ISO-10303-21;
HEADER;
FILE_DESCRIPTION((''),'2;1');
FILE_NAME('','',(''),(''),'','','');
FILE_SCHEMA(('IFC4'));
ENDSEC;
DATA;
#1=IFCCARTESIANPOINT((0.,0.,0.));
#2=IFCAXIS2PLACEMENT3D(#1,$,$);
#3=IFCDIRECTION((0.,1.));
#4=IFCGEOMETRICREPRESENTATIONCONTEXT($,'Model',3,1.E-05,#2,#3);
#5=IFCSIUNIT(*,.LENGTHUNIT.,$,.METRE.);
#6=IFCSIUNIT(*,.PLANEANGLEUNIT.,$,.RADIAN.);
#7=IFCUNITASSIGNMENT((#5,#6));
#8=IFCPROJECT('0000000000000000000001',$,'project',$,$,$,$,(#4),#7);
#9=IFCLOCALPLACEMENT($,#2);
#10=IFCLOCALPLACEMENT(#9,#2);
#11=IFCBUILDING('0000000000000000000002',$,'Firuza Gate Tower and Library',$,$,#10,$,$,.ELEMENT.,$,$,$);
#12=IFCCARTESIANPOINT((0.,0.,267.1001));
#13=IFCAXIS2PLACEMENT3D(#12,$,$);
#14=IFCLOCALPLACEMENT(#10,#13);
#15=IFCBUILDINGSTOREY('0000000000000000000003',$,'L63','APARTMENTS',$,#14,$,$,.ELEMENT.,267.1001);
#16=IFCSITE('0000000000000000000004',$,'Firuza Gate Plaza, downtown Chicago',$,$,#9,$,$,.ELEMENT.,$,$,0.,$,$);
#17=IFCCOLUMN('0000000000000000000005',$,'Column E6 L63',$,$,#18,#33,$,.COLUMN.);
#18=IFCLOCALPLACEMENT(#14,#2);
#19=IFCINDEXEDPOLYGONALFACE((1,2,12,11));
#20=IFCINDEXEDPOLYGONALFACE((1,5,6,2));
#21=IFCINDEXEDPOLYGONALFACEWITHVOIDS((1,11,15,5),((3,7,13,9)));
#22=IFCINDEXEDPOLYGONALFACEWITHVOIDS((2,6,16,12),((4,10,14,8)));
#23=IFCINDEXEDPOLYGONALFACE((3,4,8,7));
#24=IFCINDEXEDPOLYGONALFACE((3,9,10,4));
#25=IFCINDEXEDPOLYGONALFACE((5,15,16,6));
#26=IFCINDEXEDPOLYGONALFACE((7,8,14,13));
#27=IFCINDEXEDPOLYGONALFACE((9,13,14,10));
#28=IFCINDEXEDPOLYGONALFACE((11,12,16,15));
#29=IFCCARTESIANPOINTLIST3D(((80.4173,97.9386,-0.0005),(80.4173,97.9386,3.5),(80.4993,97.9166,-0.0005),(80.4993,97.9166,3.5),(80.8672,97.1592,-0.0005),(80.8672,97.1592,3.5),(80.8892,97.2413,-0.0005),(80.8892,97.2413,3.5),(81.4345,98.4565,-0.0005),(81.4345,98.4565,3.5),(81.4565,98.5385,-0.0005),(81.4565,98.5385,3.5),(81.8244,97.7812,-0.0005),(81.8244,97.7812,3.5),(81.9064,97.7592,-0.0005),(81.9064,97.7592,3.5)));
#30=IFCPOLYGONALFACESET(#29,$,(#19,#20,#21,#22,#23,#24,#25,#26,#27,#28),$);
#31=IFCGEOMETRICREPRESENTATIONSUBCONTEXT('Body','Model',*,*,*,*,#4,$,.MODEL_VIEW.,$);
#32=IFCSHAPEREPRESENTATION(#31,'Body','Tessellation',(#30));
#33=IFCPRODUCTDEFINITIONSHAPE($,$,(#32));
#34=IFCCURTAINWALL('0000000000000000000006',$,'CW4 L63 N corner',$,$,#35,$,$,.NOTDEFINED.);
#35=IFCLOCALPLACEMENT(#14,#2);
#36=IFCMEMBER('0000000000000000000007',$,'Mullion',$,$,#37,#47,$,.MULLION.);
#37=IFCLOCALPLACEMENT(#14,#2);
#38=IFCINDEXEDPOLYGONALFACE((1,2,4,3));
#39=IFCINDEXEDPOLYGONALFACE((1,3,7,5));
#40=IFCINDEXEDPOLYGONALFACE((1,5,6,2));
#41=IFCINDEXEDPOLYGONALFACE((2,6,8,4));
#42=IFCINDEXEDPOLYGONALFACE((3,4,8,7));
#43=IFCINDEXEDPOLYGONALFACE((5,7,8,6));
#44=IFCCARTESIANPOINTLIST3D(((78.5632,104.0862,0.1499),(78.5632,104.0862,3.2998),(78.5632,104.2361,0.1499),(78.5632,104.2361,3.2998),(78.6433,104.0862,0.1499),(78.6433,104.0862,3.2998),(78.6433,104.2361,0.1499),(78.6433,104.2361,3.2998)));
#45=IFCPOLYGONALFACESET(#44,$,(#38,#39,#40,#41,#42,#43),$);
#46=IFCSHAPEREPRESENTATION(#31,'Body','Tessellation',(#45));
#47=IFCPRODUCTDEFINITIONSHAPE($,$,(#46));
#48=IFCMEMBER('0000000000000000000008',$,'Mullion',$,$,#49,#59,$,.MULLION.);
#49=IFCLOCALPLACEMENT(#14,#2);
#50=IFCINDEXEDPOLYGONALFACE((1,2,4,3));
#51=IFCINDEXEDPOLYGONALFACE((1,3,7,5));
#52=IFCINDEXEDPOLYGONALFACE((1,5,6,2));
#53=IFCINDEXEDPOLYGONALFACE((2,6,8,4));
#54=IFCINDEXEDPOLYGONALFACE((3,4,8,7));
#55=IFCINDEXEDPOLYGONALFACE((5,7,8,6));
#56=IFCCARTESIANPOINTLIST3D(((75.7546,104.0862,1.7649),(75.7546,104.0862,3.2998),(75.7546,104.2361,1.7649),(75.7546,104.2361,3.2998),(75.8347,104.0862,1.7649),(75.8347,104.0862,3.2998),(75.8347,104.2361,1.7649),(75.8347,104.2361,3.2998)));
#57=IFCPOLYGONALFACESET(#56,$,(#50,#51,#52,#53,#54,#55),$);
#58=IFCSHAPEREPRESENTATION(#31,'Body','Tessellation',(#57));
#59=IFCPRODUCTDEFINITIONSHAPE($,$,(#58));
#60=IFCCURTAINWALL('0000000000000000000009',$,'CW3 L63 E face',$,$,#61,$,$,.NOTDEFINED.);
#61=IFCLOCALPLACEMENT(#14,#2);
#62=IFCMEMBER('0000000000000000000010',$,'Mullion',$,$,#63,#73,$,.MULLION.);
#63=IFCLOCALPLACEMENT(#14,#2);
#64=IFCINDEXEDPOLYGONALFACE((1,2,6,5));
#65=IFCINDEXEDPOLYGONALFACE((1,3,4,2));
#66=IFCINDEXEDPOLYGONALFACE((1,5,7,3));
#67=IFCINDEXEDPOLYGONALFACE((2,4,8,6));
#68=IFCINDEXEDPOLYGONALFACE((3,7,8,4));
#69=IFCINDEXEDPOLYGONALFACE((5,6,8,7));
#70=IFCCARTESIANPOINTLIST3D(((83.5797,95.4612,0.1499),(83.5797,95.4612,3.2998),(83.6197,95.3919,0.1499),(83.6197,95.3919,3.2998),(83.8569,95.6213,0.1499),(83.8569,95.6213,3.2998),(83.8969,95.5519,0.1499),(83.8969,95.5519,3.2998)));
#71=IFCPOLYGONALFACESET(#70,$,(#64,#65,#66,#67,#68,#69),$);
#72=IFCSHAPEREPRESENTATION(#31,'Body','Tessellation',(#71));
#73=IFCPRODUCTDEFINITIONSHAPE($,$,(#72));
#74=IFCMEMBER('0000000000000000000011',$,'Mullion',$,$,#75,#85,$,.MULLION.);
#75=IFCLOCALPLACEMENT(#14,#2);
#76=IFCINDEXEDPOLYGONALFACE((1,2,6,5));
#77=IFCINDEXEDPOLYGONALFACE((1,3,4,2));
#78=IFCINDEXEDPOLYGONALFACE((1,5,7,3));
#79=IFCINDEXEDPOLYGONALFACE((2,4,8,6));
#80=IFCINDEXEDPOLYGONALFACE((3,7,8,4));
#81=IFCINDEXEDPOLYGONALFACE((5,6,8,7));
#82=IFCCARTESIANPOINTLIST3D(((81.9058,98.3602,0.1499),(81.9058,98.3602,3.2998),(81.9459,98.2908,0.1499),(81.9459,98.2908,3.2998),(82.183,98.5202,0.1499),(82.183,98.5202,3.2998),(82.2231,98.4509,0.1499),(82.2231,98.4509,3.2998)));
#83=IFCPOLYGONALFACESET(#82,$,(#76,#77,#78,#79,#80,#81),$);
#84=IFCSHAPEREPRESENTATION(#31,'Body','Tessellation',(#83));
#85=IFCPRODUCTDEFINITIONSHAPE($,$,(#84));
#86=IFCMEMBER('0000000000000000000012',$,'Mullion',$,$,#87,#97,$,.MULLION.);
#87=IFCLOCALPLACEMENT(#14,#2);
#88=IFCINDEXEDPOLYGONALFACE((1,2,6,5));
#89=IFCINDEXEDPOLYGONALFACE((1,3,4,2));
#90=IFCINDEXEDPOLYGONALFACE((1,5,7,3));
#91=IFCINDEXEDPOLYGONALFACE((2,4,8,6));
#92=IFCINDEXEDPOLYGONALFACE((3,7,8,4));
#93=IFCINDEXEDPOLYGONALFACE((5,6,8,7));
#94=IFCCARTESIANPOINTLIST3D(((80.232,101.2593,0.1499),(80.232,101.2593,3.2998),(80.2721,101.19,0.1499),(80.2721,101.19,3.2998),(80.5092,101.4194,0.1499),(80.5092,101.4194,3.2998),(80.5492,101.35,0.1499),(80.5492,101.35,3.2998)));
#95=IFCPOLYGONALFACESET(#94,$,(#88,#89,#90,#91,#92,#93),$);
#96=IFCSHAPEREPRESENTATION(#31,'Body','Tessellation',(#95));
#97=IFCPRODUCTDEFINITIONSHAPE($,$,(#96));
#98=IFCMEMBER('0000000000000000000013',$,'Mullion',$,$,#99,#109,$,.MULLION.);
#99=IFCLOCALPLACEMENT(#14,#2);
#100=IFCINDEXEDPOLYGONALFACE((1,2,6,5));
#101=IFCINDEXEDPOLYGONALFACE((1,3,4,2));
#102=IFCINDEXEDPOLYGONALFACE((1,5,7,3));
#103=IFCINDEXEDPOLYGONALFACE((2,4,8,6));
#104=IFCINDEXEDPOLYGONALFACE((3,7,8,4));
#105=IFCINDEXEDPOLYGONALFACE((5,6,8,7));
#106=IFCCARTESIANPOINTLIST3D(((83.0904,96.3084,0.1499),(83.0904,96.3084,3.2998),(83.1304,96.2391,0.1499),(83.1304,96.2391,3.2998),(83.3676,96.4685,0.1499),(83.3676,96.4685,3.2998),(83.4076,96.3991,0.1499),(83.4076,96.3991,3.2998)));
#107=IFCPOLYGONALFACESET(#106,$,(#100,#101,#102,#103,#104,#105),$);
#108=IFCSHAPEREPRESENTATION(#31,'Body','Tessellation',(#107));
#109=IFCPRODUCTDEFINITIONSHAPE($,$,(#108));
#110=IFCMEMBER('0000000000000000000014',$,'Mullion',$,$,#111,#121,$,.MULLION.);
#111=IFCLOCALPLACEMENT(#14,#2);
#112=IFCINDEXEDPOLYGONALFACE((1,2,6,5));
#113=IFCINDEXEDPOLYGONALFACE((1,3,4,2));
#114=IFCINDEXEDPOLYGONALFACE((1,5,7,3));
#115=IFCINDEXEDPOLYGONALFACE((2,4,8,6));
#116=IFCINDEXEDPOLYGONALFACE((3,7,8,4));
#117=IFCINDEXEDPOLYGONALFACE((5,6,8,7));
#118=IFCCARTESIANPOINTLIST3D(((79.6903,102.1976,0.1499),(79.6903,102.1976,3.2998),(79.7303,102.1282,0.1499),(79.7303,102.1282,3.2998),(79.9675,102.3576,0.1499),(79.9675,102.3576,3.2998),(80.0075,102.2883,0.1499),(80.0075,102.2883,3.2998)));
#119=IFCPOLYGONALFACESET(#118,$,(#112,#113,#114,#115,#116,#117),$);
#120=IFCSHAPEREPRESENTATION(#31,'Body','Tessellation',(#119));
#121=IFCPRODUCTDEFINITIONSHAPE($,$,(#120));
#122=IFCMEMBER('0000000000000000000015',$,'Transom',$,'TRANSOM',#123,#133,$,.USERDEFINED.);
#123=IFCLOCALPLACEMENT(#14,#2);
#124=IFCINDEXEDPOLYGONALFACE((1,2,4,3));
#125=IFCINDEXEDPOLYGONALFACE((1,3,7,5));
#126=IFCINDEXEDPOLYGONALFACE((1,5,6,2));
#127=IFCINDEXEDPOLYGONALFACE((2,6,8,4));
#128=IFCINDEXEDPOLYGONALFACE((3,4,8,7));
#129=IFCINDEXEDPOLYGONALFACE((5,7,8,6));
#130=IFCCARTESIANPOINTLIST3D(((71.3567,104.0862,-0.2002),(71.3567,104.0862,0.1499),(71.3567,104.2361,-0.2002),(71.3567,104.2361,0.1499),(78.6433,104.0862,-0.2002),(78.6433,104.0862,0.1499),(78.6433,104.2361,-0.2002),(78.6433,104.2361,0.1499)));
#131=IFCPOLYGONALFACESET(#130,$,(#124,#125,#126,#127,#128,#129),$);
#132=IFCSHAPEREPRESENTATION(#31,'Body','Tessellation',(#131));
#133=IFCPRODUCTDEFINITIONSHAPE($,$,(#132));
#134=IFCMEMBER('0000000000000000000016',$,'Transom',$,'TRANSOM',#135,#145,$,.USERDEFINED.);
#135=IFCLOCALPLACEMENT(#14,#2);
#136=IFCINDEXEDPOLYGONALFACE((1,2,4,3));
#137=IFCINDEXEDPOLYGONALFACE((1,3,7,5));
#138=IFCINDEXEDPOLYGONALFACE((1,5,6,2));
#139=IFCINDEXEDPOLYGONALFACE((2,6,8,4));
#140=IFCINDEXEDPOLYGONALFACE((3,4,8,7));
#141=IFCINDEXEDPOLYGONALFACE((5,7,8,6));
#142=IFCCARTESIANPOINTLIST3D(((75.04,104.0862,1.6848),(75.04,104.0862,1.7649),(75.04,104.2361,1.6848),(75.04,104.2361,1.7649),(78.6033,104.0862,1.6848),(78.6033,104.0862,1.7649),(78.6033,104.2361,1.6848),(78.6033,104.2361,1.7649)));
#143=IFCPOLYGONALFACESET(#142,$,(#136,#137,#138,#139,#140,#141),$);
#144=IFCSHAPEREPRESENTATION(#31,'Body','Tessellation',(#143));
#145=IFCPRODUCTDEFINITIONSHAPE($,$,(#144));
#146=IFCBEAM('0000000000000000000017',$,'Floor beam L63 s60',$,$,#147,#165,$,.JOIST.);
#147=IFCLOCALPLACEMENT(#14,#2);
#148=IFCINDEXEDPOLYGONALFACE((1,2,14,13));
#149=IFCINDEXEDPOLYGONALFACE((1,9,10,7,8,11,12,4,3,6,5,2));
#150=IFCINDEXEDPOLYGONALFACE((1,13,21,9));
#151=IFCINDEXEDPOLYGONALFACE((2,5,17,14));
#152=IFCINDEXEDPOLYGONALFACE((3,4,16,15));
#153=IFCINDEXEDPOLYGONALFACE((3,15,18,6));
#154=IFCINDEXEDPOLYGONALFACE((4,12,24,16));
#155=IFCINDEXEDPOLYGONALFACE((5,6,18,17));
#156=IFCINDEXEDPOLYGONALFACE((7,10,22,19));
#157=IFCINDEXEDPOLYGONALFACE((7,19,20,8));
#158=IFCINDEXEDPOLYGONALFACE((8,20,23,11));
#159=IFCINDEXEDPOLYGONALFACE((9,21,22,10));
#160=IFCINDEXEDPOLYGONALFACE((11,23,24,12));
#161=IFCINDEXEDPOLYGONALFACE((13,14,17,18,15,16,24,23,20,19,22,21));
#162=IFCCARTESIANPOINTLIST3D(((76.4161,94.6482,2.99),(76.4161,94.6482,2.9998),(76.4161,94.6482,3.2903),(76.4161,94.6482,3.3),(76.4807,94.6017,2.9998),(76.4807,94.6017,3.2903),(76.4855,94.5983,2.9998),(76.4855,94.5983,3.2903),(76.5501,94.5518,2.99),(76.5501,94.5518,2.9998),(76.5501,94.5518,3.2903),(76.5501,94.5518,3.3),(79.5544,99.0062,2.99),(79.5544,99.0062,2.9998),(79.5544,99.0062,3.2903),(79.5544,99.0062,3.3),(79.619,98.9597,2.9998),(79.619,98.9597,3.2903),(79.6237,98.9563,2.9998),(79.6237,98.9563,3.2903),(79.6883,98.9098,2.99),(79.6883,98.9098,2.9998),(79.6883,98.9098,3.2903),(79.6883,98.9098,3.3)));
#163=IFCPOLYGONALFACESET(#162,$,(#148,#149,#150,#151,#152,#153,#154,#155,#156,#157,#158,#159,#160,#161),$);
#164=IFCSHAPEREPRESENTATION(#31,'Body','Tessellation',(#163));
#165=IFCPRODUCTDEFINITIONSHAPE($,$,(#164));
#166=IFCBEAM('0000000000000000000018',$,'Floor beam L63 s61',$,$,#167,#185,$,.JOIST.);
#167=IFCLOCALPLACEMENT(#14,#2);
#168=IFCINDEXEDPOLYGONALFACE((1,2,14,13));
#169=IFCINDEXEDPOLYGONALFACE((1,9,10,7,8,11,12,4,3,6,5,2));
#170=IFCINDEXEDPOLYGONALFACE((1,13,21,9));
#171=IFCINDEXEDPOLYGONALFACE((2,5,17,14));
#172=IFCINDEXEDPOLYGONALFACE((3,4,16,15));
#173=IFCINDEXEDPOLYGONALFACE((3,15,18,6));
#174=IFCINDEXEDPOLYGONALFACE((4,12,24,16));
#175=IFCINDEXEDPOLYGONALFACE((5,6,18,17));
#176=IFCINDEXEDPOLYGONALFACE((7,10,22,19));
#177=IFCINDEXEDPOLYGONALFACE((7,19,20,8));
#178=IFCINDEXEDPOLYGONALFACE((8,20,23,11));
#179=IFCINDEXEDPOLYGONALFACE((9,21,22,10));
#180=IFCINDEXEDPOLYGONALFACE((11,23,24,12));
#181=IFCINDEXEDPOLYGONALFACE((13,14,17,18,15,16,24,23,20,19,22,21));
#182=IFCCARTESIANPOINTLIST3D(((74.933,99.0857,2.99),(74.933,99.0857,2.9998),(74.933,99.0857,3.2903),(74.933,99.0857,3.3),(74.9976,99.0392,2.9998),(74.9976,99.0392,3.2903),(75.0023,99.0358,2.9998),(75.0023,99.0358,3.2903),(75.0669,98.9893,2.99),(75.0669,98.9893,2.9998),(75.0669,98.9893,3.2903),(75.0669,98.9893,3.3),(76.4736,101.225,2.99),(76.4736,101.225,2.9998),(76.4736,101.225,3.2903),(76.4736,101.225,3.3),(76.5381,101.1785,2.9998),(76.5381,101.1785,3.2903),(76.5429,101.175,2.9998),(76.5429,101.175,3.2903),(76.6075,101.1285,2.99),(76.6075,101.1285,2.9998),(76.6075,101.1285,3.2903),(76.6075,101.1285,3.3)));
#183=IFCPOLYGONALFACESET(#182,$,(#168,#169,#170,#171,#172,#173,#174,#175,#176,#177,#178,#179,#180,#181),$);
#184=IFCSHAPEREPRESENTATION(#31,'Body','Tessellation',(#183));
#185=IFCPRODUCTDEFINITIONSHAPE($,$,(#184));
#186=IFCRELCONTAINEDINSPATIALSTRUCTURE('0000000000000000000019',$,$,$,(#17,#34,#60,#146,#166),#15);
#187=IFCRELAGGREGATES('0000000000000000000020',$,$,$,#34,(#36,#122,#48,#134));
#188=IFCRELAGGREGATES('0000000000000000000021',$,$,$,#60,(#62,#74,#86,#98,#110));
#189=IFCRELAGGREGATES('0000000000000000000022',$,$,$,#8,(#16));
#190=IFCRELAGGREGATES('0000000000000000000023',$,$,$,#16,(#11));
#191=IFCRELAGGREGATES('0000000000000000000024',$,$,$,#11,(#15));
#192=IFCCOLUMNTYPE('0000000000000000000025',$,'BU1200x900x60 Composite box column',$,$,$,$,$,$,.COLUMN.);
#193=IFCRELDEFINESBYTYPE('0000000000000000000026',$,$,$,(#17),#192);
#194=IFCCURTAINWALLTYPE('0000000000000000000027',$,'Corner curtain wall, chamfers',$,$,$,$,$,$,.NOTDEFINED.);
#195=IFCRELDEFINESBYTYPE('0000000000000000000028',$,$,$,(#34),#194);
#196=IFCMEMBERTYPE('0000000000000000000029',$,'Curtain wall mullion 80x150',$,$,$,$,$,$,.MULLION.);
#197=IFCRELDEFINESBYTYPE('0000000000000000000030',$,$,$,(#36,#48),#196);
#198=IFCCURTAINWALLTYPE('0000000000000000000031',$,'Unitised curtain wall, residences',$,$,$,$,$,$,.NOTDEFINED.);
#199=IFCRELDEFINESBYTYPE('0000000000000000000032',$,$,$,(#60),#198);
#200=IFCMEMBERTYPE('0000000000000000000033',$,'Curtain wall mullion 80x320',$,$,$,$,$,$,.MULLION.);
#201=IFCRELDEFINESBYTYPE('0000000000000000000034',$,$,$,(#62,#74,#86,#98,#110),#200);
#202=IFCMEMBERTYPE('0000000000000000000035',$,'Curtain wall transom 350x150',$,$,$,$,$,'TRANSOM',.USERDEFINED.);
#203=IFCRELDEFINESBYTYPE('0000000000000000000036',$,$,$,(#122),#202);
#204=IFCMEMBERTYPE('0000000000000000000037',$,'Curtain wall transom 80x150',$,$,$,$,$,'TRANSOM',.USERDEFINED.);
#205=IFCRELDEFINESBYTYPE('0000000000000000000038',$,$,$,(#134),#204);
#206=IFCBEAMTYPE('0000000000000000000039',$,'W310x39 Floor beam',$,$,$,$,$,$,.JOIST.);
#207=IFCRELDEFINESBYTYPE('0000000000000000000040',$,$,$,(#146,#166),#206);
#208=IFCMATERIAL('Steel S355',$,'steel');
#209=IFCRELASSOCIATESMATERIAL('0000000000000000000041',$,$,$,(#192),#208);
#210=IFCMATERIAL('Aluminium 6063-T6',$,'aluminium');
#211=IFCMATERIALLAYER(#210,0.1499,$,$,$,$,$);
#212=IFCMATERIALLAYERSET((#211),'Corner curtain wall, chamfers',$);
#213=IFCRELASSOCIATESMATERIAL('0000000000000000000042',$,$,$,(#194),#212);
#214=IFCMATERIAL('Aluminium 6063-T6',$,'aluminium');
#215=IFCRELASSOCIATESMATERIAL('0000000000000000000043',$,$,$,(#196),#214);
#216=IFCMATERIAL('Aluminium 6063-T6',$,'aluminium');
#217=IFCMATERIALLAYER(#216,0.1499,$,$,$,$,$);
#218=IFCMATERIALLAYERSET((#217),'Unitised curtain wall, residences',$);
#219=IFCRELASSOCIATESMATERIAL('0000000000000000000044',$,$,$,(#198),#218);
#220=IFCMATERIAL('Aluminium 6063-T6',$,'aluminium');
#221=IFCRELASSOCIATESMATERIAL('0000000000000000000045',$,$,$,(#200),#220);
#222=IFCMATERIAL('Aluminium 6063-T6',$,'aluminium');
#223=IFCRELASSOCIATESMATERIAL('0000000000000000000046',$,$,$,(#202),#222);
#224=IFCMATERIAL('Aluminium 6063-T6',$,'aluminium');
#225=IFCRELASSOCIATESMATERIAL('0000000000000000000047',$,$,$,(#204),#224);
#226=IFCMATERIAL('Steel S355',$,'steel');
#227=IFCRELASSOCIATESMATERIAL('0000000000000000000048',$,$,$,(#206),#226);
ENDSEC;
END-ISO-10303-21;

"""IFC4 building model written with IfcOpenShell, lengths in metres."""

from ifc_helpers import new_model, si_unit, direction, frame, origin, origin_2d, place, context, subcontext, project, spatial, rectangle, hollow_rectangle, i_section, extrude, material, layer, layer_set, material_profile, profile_set, type_object, element, aggregate, save


model = new_model("IFC4")

# Units and contexts
model_context = context("Model", 3, precision=1e-05, world=origin(), true_north=direction((0.0, 1.0)))
body_context = subcontext(model_context, "Body", "Model", "MODEL_VIEW")
ifc_project = project(units=[si_unit("LENGTHUNIT", "METRE"), si_unit("PLANEANGLEUNIT", "RADIAN")], contexts=[model_context])

# Site, building, storey
site_placement = place(None, origin())
site = spatial("IfcSite", under=ifc_project, at=site_placement, Name="Firuza Gate Plaza, downtown Chicago", CompositionType="ELEMENT", RefElevation=0.0)
building_placement = place(site_placement, origin())
building = spatial("IfcBuilding", under=site, at=building_placement, Name="Firuza Gate Tower and Library", CompositionType="ELEMENT")
storey_placement = place(building_placement, frame((0.0, 0.0, 267.1001)))
storey = spatial("IfcBuildingStorey", under=building, at=storey_placement, Name="L63", Description="APARTMENTS", CompositionType="ELEMENT", Elevation=267.1001)

# Column
ifc_material_1 = material(Name="Steel S355", Category="steel")
ifc_material_profile_1 = material_profile(ifc_material_1, hollow_rectangle(XDim=0.8999, YDim=1.2, WallThickness=0.0601, at=origin_2d()))
ifc_profile_set_1 = profile_set([ifc_material_profile_1], Name="Steel S355")
column_type = type_object("IfcColumnType", Name="BU1200x900x60 Composite box column", PredefinedType="COLUMN", material=ifc_profile_set_1)
column_placement = place(storey_placement, frame((81.1619, 97.8489, -0.0005), z_axis=(0.0, 0.0, 1.0), x_axis=(-0.5, 0.866025, 0.0)))
element("IfcColumn", 1, at=column_placement, inside=storey, type_object=column_type, Name="Column E6 L63", PredefinedType="COLUMN", context=body_context, shape_type="SweptSolid", body=[
    extrude(hollow_rectangle(XDim=0.8999, YDim=1.2, WallThickness=0.0601, at=origin_2d()), origin(), (0.0, 0.0, 1.0), 3.5005),
])

# Curtain walls, members
ifc_material_2 = material(Name="Aluminium 6063-T6", Category="aluminium")
ifc_layer_1 = layer(ifc_material_2, 0.1499)
ifc_layer_set_1 = layer_set([ifc_layer_1], Name="Corner curtain wall, chamfers")
curtain_wall_type_1 = type_object("IfcCurtainWallType", Name="Corner curtain wall, chamfers", PredefinedType="NOTDEFINED", material=ifc_layer_set_1)
placement = place(storey_placement, origin())
curtain_wall_1 = element("IfcCurtainWall", 2, at=placement, inside=storey, type_object=curtain_wall_type_1, Name="CW4 L63 N corner", PredefinedType="NOTDEFINED")
ifc_material_3 = material(Name="Aluminium 6063-T6", Category="aluminium")
ifc_material_profile_2 = material_profile(ifc_material_3, rectangle(XDim=0.1499, YDim=0.0801, at=origin_2d()))
ifc_profile_set_2 = profile_set([ifc_material_profile_2], Name="Aluminium 6063-T6")
member_type_1 = type_object("IfcMemberType", Name="Curtain wall mullion 80x150", PredefinedType="MULLION", material=ifc_profile_set_2)
member_1_placement = place(storey_placement, frame((78.6033, 104.1611, 0.1499), z_axis=(0.0, 0.0, 1.0), x_axis=(0.0, -1.0, 0.0)))
member_1 = element("IfcMember", 3, at=member_1_placement, type_object=member_type_1, Name="Mullion", PredefinedType="MULLION", context=body_context, shape_type="SweptSolid", body=[
    extrude(rectangle(XDim=0.1499, YDim=0.0801, at=origin_2d()), origin(), (0.0, 0.0, 1.0), 3.1499),
])
member_2_placement = place(storey_placement, frame((75.7947, 104.1611, 1.7649), z_axis=(0.0, 0.0, 1.0), x_axis=(0.0, -1.0, 0.0)))
member_2 = element("IfcMember", 4, at=member_2_placement, type_object=member_type_1, Name="Mullion", PredefinedType="MULLION", context=body_context, shape_type="SweptSolid", body=[
    extrude(rectangle(XDim=0.1499, YDim=0.0801, at=origin_2d()), origin(), (0.0, 0.0, 1.0), 1.5349),
])
ifc_material_4 = material(Name="Aluminium 6063-T6", Category="aluminium")
ifc_layer_2 = layer(ifc_material_4, 0.1499)
ifc_layer_set_2 = layer_set([ifc_layer_2], Name="Unitised curtain wall, residences")
curtain_wall_type_2 = type_object("IfcCurtainWallType", Name="Unitised curtain wall, residences", PredefinedType="NOTDEFINED", material=ifc_layer_set_2)
curtain_wall_2 = element("IfcCurtainWall", 5, at=placement, inside=storey, type_object=curtain_wall_type_2, Name="CW3 L63 E face", PredefinedType="NOTDEFINED")
ifc_material_5 = material(Name="Aluminium 6063-T6", Category="aluminium")
ifc_material_profile_3 = material_profile(ifc_material_5, rectangle(XDim=0.3201, YDim=0.0801, at=origin_2d()))
ifc_profile_set_3 = profile_set([ifc_material_profile_3], Name="Aluminium 6063-T6")
member_type_2 = type_object("IfcMemberType", Name="Curtain wall mullion 80x320", PredefinedType="MULLION", material=ifc_profile_set_3)
member_3_placement = place(storey_placement, frame((83.7383, 95.5066, 0.1499), z_axis=(0.0, 0.0, 1.0), x_axis=(-0.866025, -0.5, 0.0)))
member_3 = element("IfcMember", 6, at=member_3_placement, type_object=member_type_2, Name="Mullion", PredefinedType="MULLION", context=body_context, shape_type="SweptSolid", body=[
    extrude(rectangle(XDim=0.3201, YDim=0.0801, at=origin_2d()), origin(), (0.0, 0.0, 1.0), 3.1499),
])
member_4_placement = place(storey_placement, frame((82.0645, 98.4055, 0.1499), z_axis=(0.0, 0.0, 1.0), x_axis=(-0.866025, -0.5, 0.0)))
member_4 = element("IfcMember", 7, at=member_4_placement, type_object=member_type_2, Name="Mullion", PredefinedType="MULLION", context=body_context, shape_type="SweptSolid", body=[
    extrude(rectangle(XDim=0.3201, YDim=0.0801, at=origin_2d()), origin(), (0.0, 0.0, 1.0), 3.1499),
])
member_5_placement = place(storey_placement, frame((80.3906, 101.3047, 0.1499), z_axis=(0.0, 0.0, 1.0), x_axis=(-0.866025, -0.5, 0.0)))
member_5 = element("IfcMember", 8, at=member_5_placement, type_object=member_type_2, Name="Mullion", PredefinedType="MULLION", context=body_context, shape_type="SweptSolid", body=[
    extrude(rectangle(XDim=0.3201, YDim=0.0801, at=origin_2d()), origin(), (0.0, 0.0, 1.0), 3.1499),
])
member_6_placement = place(storey_placement, frame((83.249, 96.3538, 0.1499), z_axis=(0.0, 0.0, 1.0), x_axis=(-0.866025, -0.5, 0.0)))
member_6 = element("IfcMember", 9, at=member_6_placement, type_object=member_type_2, Name="Mullion", PredefinedType="MULLION", context=body_context, shape_type="SweptSolid", body=[
    extrude(rectangle(XDim=0.3201, YDim=0.0801, at=origin_2d()), origin(), (0.0, 0.0, 1.0), 3.1499),
])
member_7_placement = place(storey_placement, frame((79.8489, 102.2429, 0.1499), z_axis=(0.0, 0.0, 1.0), x_axis=(-0.866025, -0.5, 0.0)))
member_7 = element("IfcMember", 10, at=member_7_placement, type_object=member_type_2, Name="Mullion", PredefinedType="MULLION", context=body_context, shape_type="SweptSolid", body=[
    extrude(rectangle(XDim=0.3201, YDim=0.0801, at=origin_2d()), origin(), (0.0, 0.0, 1.0), 3.1499),
])

# Members
ifc_material_6 = material(Name="Aluminium 6063-T6", Category="aluminium")
ifc_material_profile_4 = material_profile(ifc_material_6, rectangle(XDim=0.1499, YDim=0.3501, at=origin_2d()))
ifc_profile_set_4 = profile_set([ifc_material_profile_4], Name="Aluminium 6063-T6")
member_type_3 = type_object("IfcMemberType", Name="Curtain wall transom 350x150", ElementType="TRANSOM", PredefinedType="USERDEFINED", material=ifc_profile_set_4)
member_8_placement = place(storey_placement, frame((78.6433, 104.1611, -0.0251), z_axis=(-1.0, 0.0, 0.0), x_axis=(0.0, -1.0, 0.0)))
member_8 = element("IfcMember", 11, at=member_8_placement, type_object=member_type_3, Name="Transom", ObjectType="TRANSOM", PredefinedType="USERDEFINED", context=body_context, shape_type="SweptSolid", body=[
    extrude(rectangle(XDim=0.1499, YDim=0.3501, at=origin_2d()), origin(), (0.0, 0.0, 1.0), 7.2866),
])
ifc_material_7 = material(Name="Aluminium 6063-T6", Category="aluminium")
ifc_material_profile_5 = material_profile(ifc_material_7, rectangle(XDim=0.1499, YDim=0.0801, at=origin_2d()))
ifc_profile_set_5 = profile_set([ifc_material_profile_5], Name="Aluminium 6063-T6")
member_type_4 = type_object("IfcMemberType", Name="Curtain wall transom 80x150", ElementType="TRANSOM", PredefinedType="USERDEFINED", material=ifc_profile_set_5)
member_9_placement = place(storey_placement, frame((78.6033, 104.1611, 1.7249), z_axis=(-1.0, 0.0, 0.0), x_axis=(0.0, -1.0, 0.0)))
member_9 = element("IfcMember", 12, at=member_9_placement, type_object=member_type_4, Name="Transom", ObjectType="TRANSOM", PredefinedType="USERDEFINED", context=body_context, shape_type="SweptSolid", body=[
    extrude(rectangle(XDim=0.1499, YDim=0.0801, at=origin_2d()), origin(), (0.0, 0.0, 1.0), 3.5632),
])

# Beams
ifc_material_8 = material(Name="Steel S355", Category="steel")
ifc_material_profile_6 = material_profile(ifc_material_8, i_section(OverallWidth=0.165, OverallDepth=0.3101, WebThickness=0.0059, FlangeThickness=0.0098, at=origin_2d()))
ifc_profile_set_6 = profile_set([ifc_material_profile_6], Name="Steel S355")
beam_type_1 = type_object("IfcBeamType", Name="W310x39 Floor beam", PredefinedType="JOIST", material=ifc_profile_set_6)
beam_1_placement = place(storey_placement, frame((79.6213, 98.958, 3.145), z_axis=(-0.584365, -0.811491, 0.0), x_axis=(0.811491, -0.584365, 0.0)))
element("IfcBeam", 13, at=beam_1_placement, inside=storey, type_object=beam_type_1, Name="Floor beam L63 s60", PredefinedType="JOIST", context=body_context, shape_type="SweptSolid", body=[
    extrude(i_section(OverallWidth=0.165, OverallDepth=0.3101, WebThickness=0.0059, FlangeThickness=0.0098, at=origin_2d()), origin(), (0.0, 0.0, 1.0), 5.3704),
])
beam_2_placement = place(storey_placement, frame((76.5405, 101.1768, 3.145), z_axis=(-0.584388, -0.811475, 0.0), x_axis=(0.811475, -0.584388, 0.0)))
element("IfcBeam", 14, at=beam_2_placement, inside=storey, type_object=beam_type_1, Name="Floor beam L63 s61", PredefinedType="JOIST", context=body_context, shape_type="SweptSolid", body=[
    extrude(i_section(OverallWidth=0.165, OverallDepth=0.3101, WebThickness=0.0059, FlangeThickness=0.0098, at=origin_2d()), origin(), (0.0, 0.0, 1.0), 2.6362),
])

aggregate(curtain_wall_1, [member_1, member_8, member_2, member_9])
aggregate(curtain_wall_2, [member_3, member_4, member_5, member_6, member_7])

save(model, "model.ifc")
